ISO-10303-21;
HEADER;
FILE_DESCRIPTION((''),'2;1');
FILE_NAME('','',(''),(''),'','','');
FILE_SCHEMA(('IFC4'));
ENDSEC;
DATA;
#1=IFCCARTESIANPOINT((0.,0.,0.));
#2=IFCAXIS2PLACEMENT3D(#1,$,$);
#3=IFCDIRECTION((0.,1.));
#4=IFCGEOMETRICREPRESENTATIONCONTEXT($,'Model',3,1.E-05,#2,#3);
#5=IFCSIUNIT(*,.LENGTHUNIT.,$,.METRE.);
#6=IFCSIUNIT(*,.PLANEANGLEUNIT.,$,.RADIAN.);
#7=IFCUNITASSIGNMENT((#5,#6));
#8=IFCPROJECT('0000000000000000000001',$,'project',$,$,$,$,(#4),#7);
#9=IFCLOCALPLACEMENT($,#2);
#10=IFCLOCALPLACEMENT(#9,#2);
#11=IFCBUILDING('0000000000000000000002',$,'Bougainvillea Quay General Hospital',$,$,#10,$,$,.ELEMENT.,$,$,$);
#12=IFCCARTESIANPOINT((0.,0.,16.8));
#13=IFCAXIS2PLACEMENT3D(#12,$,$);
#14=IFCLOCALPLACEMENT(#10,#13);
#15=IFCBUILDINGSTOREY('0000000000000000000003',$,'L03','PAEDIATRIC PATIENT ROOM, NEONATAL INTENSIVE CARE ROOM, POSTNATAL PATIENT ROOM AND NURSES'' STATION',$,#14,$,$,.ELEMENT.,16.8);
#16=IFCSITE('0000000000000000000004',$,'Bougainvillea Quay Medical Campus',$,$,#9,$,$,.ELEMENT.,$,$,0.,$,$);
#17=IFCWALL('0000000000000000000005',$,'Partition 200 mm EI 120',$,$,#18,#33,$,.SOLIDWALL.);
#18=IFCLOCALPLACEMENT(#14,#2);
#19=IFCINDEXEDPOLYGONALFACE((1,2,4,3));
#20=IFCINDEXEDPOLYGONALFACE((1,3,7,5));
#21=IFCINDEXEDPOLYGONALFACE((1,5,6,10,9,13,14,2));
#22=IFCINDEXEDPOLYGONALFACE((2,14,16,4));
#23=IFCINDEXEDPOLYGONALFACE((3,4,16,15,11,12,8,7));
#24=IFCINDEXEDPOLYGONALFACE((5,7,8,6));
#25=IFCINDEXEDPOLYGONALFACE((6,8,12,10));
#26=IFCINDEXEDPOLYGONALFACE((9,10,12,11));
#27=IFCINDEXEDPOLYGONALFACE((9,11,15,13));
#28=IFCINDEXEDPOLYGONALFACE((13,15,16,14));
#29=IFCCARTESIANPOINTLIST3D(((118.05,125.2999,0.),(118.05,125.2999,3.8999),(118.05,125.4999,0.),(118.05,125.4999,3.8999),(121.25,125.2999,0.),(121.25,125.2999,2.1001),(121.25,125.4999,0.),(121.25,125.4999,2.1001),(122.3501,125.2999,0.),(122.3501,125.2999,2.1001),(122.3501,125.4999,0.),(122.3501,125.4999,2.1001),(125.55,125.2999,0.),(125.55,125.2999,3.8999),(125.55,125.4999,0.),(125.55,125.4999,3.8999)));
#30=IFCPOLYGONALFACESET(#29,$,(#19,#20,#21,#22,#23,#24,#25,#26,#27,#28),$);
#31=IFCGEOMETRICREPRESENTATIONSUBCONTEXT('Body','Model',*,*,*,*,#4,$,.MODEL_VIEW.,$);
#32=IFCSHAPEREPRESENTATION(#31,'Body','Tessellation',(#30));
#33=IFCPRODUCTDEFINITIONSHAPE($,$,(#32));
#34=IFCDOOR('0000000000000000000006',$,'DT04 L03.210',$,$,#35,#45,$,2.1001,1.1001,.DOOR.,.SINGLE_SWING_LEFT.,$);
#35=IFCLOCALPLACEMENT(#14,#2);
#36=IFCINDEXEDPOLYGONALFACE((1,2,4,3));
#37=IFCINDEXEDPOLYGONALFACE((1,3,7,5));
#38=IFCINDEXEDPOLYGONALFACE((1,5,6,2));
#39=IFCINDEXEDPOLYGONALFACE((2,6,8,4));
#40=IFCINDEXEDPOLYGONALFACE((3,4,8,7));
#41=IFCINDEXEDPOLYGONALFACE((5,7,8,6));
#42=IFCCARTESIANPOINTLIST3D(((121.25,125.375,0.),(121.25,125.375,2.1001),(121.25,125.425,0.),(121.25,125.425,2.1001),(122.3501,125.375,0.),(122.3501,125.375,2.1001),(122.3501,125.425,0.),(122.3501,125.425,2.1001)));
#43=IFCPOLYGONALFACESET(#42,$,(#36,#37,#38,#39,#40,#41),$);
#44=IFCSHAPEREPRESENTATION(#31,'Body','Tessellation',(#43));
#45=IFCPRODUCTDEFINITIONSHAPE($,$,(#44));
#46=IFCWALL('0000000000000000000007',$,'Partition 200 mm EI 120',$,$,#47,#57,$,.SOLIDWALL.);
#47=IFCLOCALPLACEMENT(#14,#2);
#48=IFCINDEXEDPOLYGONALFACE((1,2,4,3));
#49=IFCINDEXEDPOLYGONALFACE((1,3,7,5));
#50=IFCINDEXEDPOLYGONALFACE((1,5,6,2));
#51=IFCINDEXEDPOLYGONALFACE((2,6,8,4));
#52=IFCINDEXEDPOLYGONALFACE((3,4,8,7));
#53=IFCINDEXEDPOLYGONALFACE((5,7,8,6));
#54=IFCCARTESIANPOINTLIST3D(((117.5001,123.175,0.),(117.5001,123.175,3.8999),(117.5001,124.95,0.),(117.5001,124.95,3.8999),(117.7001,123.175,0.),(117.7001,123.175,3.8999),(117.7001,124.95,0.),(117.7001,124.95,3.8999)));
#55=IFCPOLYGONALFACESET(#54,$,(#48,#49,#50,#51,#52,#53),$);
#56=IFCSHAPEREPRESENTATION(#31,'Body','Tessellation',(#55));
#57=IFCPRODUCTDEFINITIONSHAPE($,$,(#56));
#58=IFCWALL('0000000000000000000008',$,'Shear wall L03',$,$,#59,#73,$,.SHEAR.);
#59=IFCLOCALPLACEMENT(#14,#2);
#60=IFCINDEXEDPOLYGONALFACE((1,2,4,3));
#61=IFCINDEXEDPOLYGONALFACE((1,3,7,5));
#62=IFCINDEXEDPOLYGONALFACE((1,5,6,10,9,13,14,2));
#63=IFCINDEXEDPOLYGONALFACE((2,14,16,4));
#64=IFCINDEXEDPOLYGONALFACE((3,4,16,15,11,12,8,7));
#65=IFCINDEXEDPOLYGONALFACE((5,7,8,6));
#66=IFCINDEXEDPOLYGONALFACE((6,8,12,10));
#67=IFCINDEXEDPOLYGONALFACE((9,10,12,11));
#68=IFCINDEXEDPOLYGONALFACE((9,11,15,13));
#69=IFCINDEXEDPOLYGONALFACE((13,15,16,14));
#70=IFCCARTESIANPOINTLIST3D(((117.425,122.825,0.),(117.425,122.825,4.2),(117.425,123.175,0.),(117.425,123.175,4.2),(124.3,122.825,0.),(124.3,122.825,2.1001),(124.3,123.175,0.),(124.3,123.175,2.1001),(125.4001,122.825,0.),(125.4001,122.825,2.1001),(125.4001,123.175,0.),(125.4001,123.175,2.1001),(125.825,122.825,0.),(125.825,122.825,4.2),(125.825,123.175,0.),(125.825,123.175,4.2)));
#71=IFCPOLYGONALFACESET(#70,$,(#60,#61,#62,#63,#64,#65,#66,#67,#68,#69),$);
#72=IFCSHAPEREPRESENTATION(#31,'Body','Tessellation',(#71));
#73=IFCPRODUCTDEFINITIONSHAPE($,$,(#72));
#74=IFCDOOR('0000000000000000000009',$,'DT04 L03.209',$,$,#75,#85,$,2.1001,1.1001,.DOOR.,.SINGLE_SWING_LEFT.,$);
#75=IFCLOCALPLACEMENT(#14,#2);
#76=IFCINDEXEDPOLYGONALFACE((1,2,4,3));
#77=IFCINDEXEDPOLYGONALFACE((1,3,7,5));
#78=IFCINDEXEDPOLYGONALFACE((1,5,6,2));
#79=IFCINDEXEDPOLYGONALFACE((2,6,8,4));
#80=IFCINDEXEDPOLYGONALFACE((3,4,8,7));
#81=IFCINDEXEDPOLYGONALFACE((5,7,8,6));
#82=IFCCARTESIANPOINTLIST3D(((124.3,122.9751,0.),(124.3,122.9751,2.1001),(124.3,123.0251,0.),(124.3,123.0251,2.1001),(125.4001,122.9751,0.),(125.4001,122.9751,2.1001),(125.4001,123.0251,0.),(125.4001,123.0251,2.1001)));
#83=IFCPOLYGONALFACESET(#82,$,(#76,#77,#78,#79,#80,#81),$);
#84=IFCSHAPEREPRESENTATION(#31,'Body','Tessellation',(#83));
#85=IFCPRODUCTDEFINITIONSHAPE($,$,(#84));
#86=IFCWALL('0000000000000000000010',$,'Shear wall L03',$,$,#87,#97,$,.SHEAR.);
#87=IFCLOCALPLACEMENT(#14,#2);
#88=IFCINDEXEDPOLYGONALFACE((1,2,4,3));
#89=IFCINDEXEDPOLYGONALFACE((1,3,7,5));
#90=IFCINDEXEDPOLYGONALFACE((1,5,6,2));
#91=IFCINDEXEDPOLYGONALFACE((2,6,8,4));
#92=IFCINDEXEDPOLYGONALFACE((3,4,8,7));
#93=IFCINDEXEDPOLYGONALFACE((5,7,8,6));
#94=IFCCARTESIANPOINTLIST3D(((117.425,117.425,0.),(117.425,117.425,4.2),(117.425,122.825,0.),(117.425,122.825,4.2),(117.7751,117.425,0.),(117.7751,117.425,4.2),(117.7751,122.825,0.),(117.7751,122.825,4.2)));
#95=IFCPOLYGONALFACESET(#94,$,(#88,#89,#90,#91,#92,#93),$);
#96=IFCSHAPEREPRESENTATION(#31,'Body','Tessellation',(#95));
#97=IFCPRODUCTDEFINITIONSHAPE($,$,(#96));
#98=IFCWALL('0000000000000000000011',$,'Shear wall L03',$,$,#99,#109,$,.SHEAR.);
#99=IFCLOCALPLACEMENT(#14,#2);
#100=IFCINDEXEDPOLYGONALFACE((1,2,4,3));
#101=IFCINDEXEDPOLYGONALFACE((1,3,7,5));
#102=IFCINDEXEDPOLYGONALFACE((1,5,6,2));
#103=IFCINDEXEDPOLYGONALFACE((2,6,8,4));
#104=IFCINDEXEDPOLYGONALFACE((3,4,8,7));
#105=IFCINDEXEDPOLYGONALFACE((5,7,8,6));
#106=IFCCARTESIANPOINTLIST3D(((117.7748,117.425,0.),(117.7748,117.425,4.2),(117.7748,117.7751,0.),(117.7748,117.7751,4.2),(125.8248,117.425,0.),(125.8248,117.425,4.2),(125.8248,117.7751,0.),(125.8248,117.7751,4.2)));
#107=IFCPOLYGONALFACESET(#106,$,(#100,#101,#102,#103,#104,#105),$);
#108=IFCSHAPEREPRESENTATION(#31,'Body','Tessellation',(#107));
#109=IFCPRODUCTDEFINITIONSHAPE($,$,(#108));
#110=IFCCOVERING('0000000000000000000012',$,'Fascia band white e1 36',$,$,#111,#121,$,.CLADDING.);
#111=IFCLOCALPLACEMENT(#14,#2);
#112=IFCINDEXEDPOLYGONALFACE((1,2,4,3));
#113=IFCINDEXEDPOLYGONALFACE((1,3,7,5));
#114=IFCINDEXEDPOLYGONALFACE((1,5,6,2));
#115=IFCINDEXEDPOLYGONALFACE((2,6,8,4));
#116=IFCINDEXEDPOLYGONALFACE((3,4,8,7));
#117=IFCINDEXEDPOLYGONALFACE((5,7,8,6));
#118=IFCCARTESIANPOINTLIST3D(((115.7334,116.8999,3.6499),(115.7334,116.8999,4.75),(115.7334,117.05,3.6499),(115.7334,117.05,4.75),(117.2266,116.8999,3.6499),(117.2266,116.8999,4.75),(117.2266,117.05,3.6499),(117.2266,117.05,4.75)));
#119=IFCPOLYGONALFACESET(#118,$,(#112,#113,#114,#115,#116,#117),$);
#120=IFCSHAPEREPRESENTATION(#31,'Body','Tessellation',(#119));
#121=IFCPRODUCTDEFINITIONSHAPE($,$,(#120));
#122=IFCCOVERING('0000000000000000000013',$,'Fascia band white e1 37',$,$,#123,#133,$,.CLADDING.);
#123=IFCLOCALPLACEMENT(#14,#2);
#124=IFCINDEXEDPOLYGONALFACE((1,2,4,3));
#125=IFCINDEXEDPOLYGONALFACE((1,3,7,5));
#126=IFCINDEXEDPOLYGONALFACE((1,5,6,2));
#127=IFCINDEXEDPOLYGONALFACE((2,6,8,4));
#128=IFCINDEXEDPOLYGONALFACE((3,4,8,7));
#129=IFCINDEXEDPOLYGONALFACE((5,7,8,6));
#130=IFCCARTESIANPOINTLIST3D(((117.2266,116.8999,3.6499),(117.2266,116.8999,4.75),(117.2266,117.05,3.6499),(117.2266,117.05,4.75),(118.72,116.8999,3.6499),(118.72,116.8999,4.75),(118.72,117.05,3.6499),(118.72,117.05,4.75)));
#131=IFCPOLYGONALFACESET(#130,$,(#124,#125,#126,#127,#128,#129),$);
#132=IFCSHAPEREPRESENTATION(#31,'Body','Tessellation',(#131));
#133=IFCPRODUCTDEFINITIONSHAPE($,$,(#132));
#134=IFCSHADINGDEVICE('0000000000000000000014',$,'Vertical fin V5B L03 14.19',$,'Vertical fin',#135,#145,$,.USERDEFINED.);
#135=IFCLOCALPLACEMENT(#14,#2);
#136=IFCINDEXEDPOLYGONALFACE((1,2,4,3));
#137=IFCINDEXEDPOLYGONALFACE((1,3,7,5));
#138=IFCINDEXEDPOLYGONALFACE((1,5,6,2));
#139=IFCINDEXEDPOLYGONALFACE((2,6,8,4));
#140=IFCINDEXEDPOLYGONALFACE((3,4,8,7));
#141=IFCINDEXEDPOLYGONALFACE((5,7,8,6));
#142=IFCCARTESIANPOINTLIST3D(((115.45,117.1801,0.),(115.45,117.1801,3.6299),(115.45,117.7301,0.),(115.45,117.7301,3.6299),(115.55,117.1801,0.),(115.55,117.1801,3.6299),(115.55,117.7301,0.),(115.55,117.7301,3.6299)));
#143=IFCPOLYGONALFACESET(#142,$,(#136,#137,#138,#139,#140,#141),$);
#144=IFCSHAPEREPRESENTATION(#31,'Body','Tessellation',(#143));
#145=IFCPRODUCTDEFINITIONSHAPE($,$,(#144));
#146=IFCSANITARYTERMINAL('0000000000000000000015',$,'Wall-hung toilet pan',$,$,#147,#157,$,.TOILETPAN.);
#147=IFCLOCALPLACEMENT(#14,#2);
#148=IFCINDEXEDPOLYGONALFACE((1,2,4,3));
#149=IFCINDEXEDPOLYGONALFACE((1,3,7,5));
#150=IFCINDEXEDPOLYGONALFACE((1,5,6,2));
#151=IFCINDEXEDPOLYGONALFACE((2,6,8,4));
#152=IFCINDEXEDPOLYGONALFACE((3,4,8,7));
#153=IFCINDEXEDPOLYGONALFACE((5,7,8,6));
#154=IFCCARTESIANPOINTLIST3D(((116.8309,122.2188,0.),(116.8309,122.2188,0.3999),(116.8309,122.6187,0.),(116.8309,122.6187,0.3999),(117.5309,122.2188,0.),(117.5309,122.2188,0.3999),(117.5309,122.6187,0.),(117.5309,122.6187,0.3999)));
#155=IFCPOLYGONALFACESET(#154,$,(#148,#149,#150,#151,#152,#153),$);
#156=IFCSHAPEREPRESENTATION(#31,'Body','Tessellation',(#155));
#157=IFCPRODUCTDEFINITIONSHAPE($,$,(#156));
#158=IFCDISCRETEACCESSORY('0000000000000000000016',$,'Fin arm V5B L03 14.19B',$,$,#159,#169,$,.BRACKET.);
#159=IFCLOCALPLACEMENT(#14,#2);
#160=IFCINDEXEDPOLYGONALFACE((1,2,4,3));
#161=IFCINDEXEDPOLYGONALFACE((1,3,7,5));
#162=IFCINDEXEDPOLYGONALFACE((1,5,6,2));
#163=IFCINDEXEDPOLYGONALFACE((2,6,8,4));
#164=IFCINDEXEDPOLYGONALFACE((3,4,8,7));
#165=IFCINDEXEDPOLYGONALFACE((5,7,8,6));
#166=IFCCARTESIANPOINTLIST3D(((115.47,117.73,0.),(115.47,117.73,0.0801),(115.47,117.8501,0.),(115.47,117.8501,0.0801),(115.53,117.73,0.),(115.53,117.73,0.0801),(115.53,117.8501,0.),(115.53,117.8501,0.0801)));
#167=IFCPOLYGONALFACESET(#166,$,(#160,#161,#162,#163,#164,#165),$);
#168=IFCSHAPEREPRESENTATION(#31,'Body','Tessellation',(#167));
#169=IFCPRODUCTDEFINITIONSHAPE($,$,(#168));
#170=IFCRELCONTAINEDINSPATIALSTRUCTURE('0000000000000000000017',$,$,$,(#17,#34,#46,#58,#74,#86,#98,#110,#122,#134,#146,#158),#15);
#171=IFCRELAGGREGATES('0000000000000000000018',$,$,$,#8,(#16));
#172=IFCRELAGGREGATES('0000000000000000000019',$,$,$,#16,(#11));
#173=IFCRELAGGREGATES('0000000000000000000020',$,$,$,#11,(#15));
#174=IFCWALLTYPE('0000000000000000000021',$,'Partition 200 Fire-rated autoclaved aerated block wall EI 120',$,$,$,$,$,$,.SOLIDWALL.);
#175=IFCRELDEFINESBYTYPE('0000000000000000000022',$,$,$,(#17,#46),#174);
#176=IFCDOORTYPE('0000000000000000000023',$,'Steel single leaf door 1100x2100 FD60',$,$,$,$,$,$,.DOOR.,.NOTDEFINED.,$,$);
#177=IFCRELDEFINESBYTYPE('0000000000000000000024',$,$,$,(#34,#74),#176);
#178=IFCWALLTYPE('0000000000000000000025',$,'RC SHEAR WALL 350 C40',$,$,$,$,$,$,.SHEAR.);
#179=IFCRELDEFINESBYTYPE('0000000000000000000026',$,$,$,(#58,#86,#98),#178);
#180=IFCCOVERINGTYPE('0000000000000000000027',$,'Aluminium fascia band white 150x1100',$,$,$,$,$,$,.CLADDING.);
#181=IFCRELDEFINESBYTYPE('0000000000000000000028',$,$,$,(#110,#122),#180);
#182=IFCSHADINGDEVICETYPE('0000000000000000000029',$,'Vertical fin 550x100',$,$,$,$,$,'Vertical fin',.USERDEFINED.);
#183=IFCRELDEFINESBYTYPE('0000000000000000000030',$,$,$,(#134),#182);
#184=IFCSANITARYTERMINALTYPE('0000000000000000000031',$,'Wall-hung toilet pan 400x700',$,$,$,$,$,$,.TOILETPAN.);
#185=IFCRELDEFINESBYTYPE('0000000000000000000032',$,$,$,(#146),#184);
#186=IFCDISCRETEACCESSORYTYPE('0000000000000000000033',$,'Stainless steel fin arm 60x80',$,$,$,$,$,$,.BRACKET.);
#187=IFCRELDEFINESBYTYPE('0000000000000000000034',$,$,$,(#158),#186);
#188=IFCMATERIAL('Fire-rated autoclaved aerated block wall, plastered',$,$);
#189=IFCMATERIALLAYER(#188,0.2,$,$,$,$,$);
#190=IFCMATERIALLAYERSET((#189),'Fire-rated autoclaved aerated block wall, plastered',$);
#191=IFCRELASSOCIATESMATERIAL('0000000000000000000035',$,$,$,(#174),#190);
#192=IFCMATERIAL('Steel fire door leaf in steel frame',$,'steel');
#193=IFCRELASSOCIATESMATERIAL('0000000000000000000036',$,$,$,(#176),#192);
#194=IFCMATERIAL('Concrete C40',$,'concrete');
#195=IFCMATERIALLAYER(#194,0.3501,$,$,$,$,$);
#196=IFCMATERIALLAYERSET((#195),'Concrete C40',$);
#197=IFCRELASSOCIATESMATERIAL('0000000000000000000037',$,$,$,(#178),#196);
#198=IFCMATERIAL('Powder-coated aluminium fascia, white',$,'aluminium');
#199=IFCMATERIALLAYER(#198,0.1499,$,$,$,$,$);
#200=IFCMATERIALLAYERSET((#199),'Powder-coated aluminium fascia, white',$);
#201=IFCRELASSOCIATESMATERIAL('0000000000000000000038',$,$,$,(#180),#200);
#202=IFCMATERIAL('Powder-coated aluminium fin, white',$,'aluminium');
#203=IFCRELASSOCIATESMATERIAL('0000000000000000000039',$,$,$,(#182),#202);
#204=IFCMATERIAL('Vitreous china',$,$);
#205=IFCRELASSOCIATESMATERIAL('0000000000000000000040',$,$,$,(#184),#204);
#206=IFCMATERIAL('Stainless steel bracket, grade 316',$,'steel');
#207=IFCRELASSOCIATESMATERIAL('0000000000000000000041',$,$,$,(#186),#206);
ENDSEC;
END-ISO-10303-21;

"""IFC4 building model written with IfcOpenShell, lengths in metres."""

from ifc_helpers import new_model, si_unit, direction, frame, frame_2d, origin, origin_2d, place, context, subcontext, project, spatial, polyline, rectangle, outline, extrude, material, layer, layer_set, material_profile, profile_set, type_object, element, fill, save


model = new_model("IFC4")

# Units and contexts
model_context = context("Model", 3, precision=1e-05, world=origin(), true_north=direction((0.0, 1.0)))
body_context = subcontext(model_context, "Body", "Model", "MODEL_VIEW")
ifc_project = project(units=[si_unit("LENGTHUNIT", "METRE"), si_unit("PLANEANGLEUNIT", "RADIAN")], contexts=[model_context])

# Site, building, storey
site_placement = place(None, origin())
site = spatial("IfcSite", under=ifc_project, at=site_placement, Name="Bougainvillea Quay Medical Campus", CompositionType="ELEMENT", RefElevation=0.0)
building_placement = place(site_placement, origin())
building = spatial("IfcBuilding", under=site, at=building_placement, Name="Bougainvillea Quay General Hospital", CompositionType="ELEMENT")
storey_placement = place(building_placement, frame((0.0, 0.0, 16.8)))
storey = spatial("IfcBuildingStorey", under=building, at=storey_placement, Name="L03", Description="PAEDIATRIC PATIENT ROOM, NEONATAL INTENSIVE CARE ROOM, POSTNATAL PATIENT ROOM AND NURSES' STATION", CompositionType="ELEMENT", Elevation=16.8)

# Shared definitions
ifc_material_1 = material(Name="Concrete C40", Category="concrete")

# Wall, opening, door
ifc_material_2 = material(Name="Fire-rated autoclaved aerated block wall, plastered")
ifc_layer_1 = layer(ifc_material_2, 0.2)
ifc_layer_set_1 = layer_set([ifc_layer_1], Name="Fire-rated autoclaved aerated block wall, plastered")
wall_type_1 = type_object("IfcWallType", Name="Partition 200 Fire-rated autoclaved aerated block wall EI 120", PredefinedType="SOLIDWALL", material=ifc_layer_set_1)
wall_1_placement = place(storey_placement, frame((118.05, 125.3999, 0.0), z_axis=(0.0, 0.0, 1.0), x_axis=(1.0, 0.0, 0.0)))
wall_1 = element("IfcWall", 1, at=wall_1_placement, inside=storey, type_object=wall_type_1, Name="Partition 200 mm EI 120", PredefinedType="SOLIDWALL", context=body_context, shape_type="SweptSolid", body=[
    extrude(rectangle(XDim=7.5, YDim=0.2, at=frame_2d((3.75, 0.0))), origin(), (0.0, 0.0, 1.0), 3.8999),
])
opening_1_placement = place(wall_1_placement, frame((3.2, 0.0, 0.0)))
opening_1 = element("IfcOpeningElement", 2, at=opening_1_placement, cuts=wall_1, PredefinedType="OPENING", context=body_context, shape_type="SweptSolid", body=[
    extrude(rectangle(XDim=1.1001, YDim=2.1001, at=frame_2d((0.55, 1.05))), frame((0.0, 0.1099, 0.0), z_axis=(0.0, -1.0, 0.0), x_axis=(1.0, 0.0, 0.0)), (0.0, 0.0, 1.0), 0.22),
])
ifc_material_3 = material(Name="Steel fire door leaf in steel frame", Category="steel")
door_type_1 = type_object("IfcDoorType", Name="Steel single leaf door 1100x2100 FD60", OperationType="NOTDEFINED", PredefinedType="DOOR", material=ifc_material_3)
door_1_placement = place(opening_1_placement, frame((1.1001, 0.0, 0.0), z_axis=(0.0, 0.0, 1.0), x_axis=(-1.0, 0.0, 0.0)))
door_1 = element("IfcDoor", 3, at=door_1_placement, inside=storey, type_object=door_type_1, Name="DT04 L03.210", OperationType="SINGLE_SWING_LEFT", OverallHeight=2.1001, OverallWidth=1.1001, PredefinedType="DOOR", context=body_context, shape_type="SweptSolid", body=[
    extrude(rectangle(XDim=1.1001, YDim=2.1001, at=frame_2d((0.55, 1.05))), frame((0.0, 0.0249, 0.0), z_axis=(0.0, -1.0, 0.0), x_axis=(1.0, 0.0, 0.0)), (0.0, 0.0, 1.0), 0.05),
])
fill(opening_1, door_1)

# Wall
wall_2_placement = place(storey_placement, frame((117.6001, 123.175, 0.0), z_axis=(0.0, 0.0, 1.0), x_axis=(0.0, 1.0, 0.0)))
element("IfcWall", 4, at=wall_2_placement, inside=storey, type_object=wall_type_1, Name="Partition 200 mm EI 120", PredefinedType="SOLIDWALL", context=body_context, shape_type="SweptSolid", body=[
    extrude(rectangle(XDim=1.7749, YDim=0.2, at=frame_2d((0.8875, 0.0))), origin(), (0.0, 0.0, 1.0), 3.8999),
])

# Wall, opening, door
ifc_layer_2 = layer(ifc_material_1, 0.3501)
ifc_layer_set_2 = layer_set([ifc_layer_2], Name="Concrete C40")
wall_type_2 = type_object("IfcWallType", Name="RC SHEAR WALL 350 C40", PredefinedType="SHEAR", material=ifc_layer_set_2)
wall_3_placement = place(storey_placement, frame((117.425, 123.0, 0.0), z_axis=(0.0, 0.0, 1.0), x_axis=(1.0, 0.0, 0.0)))
wall_3 = element("IfcWall", 5, at=wall_3_placement, inside=storey, type_object=wall_type_2, Name="Shear wall L03", PredefinedType="SHEAR", context=body_context, shape_type="SweptSolid", body=[
    extrude(rectangle(XDim=8.3999, YDim=0.3501, at=frame_2d((4.2, 0.0))), origin(), (0.0, 0.0, 1.0), 4.2),
])
opening_2_placement = place(wall_3_placement, frame((6.875, 0.0, 0.0)))
opening_2 = element("IfcOpeningElement", 6, at=opening_2_placement, cuts=wall_3, PredefinedType="OPENING", context=body_context, shape_type="SweptSolid", body=[
    extrude(rectangle(XDim=1.1001, YDim=2.1001, at=frame_2d((0.55, 1.05))), frame((0.0, 0.1851, 0.0), z_axis=(0.0, -1.0, 0.0), x_axis=(1.0, 0.0, 0.0)), (0.0, 0.0, 1.0), 0.3701),
])
door_2_placement = place(opening_2_placement, frame((1.1001, 0.0, 0.0), z_axis=(0.0, 0.0, 1.0), x_axis=(-1.0, 0.0, 0.0)))
door_2 = element("IfcDoor", 7, at=door_2_placement, inside=storey, type_object=door_type_1, Name="DT04 L03.209", OperationType="SINGLE_SWING_LEFT", OverallHeight=2.1001, OverallWidth=1.1001, PredefinedType="DOOR", context=body_context, shape_type="SweptSolid", body=[
    extrude(rectangle(XDim=1.1001, YDim=2.1001, at=frame_2d((0.55, 1.05))), frame((0.0, 0.0249, 0.0), z_axis=(0.0, -1.0, 0.0), x_axis=(1.0, 0.0, 0.0)), (0.0, 0.0, 1.0), 0.05),
])
fill(opening_2, door_2)

# Walls
wall_4_placement = place(storey_placement, frame((117.6001, 117.425, 0.0), z_axis=(0.0, 0.0, 1.0), x_axis=(0.0, 1.0, 0.0)))
element("IfcWall", 8, at=wall_4_placement, inside=storey, type_object=wall_type_2, Name="Shear wall L03", PredefinedType="SHEAR", context=body_context, shape_type="SweptSolid", body=[
    extrude(rectangle(XDim=5.3999, YDim=0.3501, at=frame_2d((2.7, 0.0))), origin(), (0.0, 0.0, 1.0), 4.2),
])
wall_5_placement = place(storey_placement, frame((117.7749, 117.6001, 0.0), z_axis=(0.0, 0.0, 1.0), x_axis=(1.0, 0.0, 0.0)))
element("IfcWall", 9, at=wall_5_placement, inside=storey, type_object=wall_type_2, Name="Shear wall L03", PredefinedType="SHEAR", context=body_context, shape_type="SweptSolid", body=[
    extrude(rectangle(XDim=8.05, YDim=0.3501, at=frame_2d((4.0249, 0.0))), origin(), (0.0, 0.0, 1.0), 4.2),
])

# Coverings
ifc_material_4 = material(Name="Powder-coated aluminium fascia, white", Category="aluminium")
ifc_layer_3 = layer(ifc_material_4, 0.1499)
ifc_layer_set_3 = layer_set([ifc_layer_3], Name="Powder-coated aluminium fascia, white")
covering_type = type_object("IfcCoveringType", Name="Aluminium fascia band white 150x1100", PredefinedType="CLADDING", material=ifc_layer_set_3)
covering_1_placement = place(storey_placement, frame((115.7334, 117.05, 3.6499), z_axis=(0.0, 0.0, 1.0), x_axis=(1.0, 0.0, 0.0)))
element("IfcCovering", 10, at=covering_1_placement, inside=storey, type_object=covering_type, Name="Fascia band white e1 36", PredefinedType="CLADDING", context=body_context, shape_type="SweptSolid", body=[
    extrude(outline(polyline([(0.0, 0.0), (1.4932, 0.0), (1.4932, -0.1501), (0.0, -0.1501), (0.0, 0.0)])), origin(), (0.0, 0.0, 1.0), 1.1001),
])
covering_2_placement = place(storey_placement, frame((117.2266, 117.05, 3.6499), z_axis=(0.0, 0.0, 1.0), x_axis=(1.0, 0.0, 0.0)))
element("IfcCovering", 11, at=covering_2_placement, inside=storey, type_object=covering_type, Name="Fascia band white e1 37", PredefinedType="CLADDING", context=body_context, shape_type="SweptSolid", body=[
    extrude(outline(polyline([(0.0, 0.0), (1.4934, 0.0), (1.4934, -0.1501), (0.0, -0.1501), (0.0, 0.0)])), origin(), (0.0, 0.0, 1.0), 1.1001),
])

# Shading device
ifc_material_5 = material(Name="Powder-coated aluminium fin, white", Category="aluminium")
ifc_material_profile_1 = material_profile(ifc_material_5, rectangle(XDim=0.55, YDim=0.1001, at=origin_2d()))
ifc_profile_set_1 = profile_set([ifc_material_profile_1], Name="Powder-coated aluminium fin, white")
shading_device_type = type_object("IfcShadingDeviceType", Name="Vertical fin 550x100", ElementType="Vertical fin", PredefinedType="USERDEFINED", material=ifc_profile_set_1)
shading_device_placement = place(storey_placement, frame((115.5, 117.4551, 0.0), z_axis=(0.0, 0.0, 1.0), x_axis=(0.0, -1.0, 0.0)))
element("IfcShadingDevice", 12, at=shading_device_placement, inside=storey, type_object=shading_device_type, Name="Vertical fin V5B L03 14.19", ObjectType="Vertical fin", PredefinedType="USERDEFINED", context=body_context, shape_type="SweptSolid", body=[
    extrude(rectangle(XDim=0.55, YDim=0.1001, at=origin_2d()), origin(), (0.0, 0.0, 1.0), 3.6299),
])

# Sanitary terminal
ifc_material_6 = material(Name="Vitreous china")
sanitary_terminal_type = type_object("IfcSanitaryTerminalType", Name="Wall-hung toilet pan 400x700", PredefinedType="TOILETPAN", material=ifc_material_6)
sanitary_terminal_placement = place(storey_placement, frame((117.1809, 122.4187, 0.0), z_axis=(0.0, 0.0, 1.0), x_axis=(0.0, -1.0, 0.0)))
element("IfcSanitaryTerminal", 13, at=sanitary_terminal_placement, inside=storey, type_object=sanitary_terminal_type, Name="Wall-hung toilet pan", PredefinedType="TOILETPAN", context=body_context, shape_type="SweptSolid", body=[
    extrude(rectangle(XDim=0.3999, YDim=0.7, at=origin_2d()), origin(), (0.0, 0.0, 1.0), 0.3999),
])

# Discrete accessory
ifc_material_7 = material(Name="Stainless steel bracket, grade 316", Category="steel")
discrete_accessory_type_1 = type_object("IfcDiscreteAccessoryType", Name="Stainless steel fin arm 60x80", PredefinedType="BRACKET", material=ifc_material_7)
for number, where, z_axis, x_axis, name in (
    (14, (115.5, 117.79, 0.0), (0.0, 0.0, 1.0), (0.0, -1.0, 0.0), "Fin arm V5B L03 14.19B"),
):
    element("IfcDiscreteAccessory", number, at=place(storey_placement, frame(where, z_axis=z_axis, x_axis=x_axis)), inside=storey, type_object=discrete_accessory_type_1, Name=name, PredefinedType="BRACKET", context=body_context, shape_type="SweptSolid", body=[
        extrude(rectangle(XDim=0.1201, YDim=0.0601, at=origin_2d()), origin(), (0.0, 0.0, 1.0), 0.0801),
    ])

save(model, "model.ifc")
